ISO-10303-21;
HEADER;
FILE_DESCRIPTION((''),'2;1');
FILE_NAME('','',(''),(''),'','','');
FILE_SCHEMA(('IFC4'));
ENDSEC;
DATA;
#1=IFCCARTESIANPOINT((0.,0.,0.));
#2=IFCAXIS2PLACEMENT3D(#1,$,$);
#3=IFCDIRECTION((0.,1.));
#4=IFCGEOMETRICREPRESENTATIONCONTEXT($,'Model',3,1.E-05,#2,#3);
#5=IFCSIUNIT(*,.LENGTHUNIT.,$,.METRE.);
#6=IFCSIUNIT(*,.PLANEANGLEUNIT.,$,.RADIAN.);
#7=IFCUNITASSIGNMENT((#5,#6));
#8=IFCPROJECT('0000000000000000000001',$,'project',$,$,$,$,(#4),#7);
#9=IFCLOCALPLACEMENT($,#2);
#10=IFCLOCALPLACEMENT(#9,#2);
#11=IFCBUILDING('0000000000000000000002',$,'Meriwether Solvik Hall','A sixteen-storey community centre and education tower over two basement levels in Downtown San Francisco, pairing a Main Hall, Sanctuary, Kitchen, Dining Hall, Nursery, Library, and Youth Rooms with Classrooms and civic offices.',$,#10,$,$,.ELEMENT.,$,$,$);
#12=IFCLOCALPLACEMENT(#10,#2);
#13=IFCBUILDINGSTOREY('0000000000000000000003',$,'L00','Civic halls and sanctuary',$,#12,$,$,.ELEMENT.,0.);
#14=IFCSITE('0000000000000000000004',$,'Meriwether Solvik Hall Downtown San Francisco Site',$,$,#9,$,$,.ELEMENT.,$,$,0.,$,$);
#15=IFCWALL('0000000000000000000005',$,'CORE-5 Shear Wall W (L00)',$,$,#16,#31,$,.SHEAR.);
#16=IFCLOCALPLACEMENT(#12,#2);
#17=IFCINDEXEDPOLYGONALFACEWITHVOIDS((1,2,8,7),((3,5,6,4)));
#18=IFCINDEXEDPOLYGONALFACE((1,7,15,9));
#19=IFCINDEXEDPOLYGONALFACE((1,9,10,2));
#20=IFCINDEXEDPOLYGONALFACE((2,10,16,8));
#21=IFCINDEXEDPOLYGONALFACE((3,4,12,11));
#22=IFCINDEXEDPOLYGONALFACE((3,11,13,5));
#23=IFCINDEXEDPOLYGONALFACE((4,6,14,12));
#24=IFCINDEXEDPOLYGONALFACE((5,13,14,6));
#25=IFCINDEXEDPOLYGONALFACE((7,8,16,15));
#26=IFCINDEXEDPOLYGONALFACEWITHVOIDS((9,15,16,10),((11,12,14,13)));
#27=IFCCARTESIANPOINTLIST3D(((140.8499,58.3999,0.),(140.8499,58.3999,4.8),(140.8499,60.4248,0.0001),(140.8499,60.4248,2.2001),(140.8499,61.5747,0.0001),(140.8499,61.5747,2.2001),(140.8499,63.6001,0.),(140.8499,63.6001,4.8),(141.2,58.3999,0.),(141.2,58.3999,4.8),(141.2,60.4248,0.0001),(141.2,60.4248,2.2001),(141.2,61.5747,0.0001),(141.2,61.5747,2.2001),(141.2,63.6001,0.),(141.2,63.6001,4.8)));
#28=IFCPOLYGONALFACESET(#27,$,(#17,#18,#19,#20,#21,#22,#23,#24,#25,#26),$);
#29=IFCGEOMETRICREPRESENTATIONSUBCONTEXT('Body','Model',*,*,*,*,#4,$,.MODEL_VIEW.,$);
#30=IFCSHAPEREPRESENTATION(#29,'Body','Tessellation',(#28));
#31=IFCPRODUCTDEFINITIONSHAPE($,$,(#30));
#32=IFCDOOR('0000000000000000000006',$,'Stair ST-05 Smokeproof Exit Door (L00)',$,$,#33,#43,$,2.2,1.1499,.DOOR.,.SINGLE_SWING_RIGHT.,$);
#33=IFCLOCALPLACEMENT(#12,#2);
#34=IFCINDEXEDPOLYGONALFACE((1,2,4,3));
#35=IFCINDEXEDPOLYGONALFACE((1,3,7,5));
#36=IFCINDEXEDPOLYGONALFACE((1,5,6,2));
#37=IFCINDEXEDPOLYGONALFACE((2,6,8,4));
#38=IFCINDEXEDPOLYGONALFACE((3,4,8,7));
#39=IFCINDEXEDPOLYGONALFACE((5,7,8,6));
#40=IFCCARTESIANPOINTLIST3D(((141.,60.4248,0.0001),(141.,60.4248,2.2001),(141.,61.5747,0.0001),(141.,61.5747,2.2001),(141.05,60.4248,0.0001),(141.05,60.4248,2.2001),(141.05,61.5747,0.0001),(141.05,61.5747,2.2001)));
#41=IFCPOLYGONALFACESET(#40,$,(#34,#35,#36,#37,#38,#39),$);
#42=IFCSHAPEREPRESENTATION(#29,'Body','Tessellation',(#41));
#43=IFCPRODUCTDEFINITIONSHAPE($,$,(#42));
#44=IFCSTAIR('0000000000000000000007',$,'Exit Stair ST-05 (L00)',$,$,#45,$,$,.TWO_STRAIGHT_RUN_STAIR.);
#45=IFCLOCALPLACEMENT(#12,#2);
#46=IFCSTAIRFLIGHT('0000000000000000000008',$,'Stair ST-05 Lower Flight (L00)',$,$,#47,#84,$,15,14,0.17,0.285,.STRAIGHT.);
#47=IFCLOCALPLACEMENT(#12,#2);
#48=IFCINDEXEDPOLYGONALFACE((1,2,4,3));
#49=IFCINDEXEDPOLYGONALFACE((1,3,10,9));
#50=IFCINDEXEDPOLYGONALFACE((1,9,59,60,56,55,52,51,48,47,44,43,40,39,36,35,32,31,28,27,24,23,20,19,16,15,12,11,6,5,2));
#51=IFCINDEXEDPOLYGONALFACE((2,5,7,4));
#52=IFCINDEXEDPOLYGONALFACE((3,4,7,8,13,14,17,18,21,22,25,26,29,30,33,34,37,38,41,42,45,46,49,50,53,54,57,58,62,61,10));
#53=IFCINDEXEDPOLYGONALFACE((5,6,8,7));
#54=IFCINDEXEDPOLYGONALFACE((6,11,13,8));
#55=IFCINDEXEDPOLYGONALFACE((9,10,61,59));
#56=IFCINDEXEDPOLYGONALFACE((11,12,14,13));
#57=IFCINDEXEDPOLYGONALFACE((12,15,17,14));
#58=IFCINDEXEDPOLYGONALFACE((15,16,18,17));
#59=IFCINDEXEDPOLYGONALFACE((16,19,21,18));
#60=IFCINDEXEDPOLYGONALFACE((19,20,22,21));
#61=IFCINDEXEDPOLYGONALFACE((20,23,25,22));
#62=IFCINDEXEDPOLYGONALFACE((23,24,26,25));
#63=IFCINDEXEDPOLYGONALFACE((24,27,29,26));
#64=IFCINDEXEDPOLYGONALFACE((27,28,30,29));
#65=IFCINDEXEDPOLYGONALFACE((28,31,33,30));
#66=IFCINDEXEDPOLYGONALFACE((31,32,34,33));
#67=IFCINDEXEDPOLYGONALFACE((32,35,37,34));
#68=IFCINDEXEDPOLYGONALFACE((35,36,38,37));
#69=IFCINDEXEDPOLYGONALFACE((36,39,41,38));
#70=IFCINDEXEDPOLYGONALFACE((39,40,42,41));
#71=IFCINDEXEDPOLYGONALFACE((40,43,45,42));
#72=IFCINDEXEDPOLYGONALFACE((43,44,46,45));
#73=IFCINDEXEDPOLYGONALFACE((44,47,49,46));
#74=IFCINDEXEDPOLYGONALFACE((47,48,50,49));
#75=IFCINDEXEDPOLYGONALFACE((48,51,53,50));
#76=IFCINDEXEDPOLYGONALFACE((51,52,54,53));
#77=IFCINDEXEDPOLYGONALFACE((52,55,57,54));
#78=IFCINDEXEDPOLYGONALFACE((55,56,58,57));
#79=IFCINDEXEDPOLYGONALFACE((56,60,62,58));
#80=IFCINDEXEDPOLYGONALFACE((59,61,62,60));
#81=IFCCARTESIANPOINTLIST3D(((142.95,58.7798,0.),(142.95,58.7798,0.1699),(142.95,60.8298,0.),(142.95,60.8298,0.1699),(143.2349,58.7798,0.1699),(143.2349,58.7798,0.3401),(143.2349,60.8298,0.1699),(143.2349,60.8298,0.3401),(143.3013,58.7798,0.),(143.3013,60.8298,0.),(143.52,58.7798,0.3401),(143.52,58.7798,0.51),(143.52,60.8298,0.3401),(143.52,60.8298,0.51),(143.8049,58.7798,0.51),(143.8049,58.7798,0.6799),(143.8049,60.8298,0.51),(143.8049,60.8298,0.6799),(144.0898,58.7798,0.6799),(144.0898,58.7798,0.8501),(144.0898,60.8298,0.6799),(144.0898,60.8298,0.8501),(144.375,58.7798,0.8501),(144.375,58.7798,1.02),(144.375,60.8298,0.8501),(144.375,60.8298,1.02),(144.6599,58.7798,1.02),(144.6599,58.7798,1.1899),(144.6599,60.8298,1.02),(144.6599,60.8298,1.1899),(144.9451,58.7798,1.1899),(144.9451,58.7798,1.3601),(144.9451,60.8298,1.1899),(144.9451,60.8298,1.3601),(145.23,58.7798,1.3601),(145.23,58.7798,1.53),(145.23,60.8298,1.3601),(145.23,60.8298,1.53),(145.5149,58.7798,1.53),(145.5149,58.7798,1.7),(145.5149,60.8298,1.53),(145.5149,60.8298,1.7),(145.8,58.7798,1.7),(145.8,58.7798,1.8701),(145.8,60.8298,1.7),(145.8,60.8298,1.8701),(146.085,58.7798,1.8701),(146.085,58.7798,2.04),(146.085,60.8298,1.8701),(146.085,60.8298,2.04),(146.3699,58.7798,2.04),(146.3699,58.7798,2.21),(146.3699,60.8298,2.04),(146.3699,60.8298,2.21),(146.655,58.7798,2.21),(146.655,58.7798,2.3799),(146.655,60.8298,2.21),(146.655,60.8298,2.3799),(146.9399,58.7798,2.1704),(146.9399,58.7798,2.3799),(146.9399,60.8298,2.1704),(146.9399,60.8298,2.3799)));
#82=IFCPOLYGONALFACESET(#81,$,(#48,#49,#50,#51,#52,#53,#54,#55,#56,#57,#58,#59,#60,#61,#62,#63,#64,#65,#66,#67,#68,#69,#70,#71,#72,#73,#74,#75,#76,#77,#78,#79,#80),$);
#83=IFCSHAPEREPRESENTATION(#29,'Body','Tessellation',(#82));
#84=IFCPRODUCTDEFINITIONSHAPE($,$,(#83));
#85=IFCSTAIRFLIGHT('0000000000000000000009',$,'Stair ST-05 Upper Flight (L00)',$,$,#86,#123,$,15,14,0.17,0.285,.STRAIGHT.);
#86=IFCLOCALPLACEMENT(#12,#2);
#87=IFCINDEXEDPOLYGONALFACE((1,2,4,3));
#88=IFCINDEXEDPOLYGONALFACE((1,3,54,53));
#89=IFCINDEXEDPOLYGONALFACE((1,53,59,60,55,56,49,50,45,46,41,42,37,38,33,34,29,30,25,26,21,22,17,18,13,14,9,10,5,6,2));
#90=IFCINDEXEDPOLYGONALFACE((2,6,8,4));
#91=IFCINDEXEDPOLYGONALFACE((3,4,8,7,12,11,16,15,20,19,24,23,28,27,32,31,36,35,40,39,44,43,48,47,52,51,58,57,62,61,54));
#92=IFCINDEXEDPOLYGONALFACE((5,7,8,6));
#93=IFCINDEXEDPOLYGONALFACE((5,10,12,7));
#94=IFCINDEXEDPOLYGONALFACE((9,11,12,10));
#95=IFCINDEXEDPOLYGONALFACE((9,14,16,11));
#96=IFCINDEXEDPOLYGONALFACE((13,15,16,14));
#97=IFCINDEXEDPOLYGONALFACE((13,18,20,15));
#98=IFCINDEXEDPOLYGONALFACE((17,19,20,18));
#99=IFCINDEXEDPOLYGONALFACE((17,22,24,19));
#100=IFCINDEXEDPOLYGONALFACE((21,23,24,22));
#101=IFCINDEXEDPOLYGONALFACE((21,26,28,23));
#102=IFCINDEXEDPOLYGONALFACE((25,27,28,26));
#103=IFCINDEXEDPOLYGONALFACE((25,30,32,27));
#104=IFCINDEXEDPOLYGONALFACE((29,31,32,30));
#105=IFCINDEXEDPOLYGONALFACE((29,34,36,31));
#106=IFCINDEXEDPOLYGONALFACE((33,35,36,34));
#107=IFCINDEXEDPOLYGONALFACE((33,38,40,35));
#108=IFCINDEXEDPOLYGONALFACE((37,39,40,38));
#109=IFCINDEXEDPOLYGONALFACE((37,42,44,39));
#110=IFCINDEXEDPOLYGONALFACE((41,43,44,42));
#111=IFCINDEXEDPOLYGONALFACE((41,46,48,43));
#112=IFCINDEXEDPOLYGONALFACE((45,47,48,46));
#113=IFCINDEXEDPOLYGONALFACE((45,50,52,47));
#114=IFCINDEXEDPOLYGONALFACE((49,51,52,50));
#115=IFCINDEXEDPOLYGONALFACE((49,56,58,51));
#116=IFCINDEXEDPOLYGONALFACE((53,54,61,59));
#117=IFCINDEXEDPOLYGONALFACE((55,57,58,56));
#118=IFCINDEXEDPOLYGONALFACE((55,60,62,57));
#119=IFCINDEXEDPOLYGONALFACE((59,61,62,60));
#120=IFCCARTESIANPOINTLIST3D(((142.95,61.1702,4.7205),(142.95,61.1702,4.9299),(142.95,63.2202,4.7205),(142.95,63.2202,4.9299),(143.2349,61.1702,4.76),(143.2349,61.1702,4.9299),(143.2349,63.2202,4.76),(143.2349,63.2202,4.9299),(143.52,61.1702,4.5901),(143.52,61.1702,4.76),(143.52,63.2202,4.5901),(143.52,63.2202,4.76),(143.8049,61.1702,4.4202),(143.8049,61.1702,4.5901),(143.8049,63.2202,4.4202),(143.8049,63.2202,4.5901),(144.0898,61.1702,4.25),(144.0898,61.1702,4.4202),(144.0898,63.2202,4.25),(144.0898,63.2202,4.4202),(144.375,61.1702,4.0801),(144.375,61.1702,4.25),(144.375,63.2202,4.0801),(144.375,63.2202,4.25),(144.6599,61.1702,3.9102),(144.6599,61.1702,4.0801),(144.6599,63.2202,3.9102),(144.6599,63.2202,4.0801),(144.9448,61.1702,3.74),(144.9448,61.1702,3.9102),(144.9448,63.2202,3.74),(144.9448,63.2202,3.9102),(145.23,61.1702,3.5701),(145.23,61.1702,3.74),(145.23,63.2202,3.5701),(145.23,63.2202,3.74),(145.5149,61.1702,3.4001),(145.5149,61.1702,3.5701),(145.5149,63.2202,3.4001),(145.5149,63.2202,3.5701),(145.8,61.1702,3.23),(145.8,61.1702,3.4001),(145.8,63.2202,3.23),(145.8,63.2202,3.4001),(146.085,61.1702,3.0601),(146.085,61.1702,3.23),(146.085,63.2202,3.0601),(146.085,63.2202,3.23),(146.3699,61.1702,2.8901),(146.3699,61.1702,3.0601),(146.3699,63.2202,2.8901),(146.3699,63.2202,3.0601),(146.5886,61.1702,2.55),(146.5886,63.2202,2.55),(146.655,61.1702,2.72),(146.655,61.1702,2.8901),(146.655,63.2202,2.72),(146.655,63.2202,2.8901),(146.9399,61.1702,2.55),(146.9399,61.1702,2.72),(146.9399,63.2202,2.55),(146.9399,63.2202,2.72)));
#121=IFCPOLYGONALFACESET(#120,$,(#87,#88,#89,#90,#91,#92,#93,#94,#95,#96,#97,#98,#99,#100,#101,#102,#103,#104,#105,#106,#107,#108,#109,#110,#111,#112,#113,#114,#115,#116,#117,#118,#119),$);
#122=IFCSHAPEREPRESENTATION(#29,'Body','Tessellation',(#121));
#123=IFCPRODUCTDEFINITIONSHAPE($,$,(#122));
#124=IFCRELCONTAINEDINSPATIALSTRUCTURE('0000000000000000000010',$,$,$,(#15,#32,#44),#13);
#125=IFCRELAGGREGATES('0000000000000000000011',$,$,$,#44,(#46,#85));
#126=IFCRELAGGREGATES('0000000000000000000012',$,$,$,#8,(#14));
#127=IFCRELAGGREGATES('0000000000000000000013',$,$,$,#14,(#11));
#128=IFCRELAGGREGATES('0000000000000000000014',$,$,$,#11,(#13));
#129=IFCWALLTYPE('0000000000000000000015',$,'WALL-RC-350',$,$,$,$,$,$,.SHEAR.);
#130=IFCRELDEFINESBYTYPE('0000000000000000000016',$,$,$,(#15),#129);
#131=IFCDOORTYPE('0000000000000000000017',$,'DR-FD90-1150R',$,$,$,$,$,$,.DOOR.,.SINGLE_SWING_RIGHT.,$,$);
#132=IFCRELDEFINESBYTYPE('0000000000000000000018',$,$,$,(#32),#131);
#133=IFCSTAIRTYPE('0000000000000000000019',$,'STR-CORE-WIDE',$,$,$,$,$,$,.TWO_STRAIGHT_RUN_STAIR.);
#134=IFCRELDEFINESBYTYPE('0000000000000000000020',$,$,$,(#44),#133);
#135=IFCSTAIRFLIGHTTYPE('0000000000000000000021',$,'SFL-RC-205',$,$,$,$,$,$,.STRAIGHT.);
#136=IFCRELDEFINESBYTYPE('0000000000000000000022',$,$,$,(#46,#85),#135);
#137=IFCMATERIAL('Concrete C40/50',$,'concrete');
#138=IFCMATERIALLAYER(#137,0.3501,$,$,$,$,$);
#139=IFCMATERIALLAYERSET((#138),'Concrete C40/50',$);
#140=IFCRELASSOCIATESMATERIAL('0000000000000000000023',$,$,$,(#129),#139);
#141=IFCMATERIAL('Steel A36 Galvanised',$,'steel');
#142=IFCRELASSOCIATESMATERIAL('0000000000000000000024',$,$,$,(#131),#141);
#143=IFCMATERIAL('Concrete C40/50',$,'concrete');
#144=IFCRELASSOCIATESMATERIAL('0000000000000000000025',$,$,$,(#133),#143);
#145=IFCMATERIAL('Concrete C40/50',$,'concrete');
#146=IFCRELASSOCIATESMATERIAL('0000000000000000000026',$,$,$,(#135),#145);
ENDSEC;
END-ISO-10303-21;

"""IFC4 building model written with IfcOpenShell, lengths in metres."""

from ifc_helpers import new_model, si_unit, direction, frame, frame_2d, origin, place, context, subcontext, project, spatial, polyline, rectangle, outline, extrude, material, layer, layer_set, type_object, element, fill, aggregate, save


model = new_model("IFC4")

# Units and contexts
model_context = context("Model", 3, precision=1e-05, world=origin(), true_north=direction((0.0, 1.0)))
body_context = subcontext(model_context, "Body", "Model", "MODEL_VIEW")
ifc_project = project(units=[si_unit("LENGTHUNIT", "METRE"), si_unit("PLANEANGLEUNIT", "RADIAN")], contexts=[model_context])

# Site, building, storey
site_placement = place(None, origin())
site = spatial("IfcSite", under=ifc_project, at=site_placement, Name="Meriwether Solvik Hall Downtown San Francisco Site", CompositionType="ELEMENT", RefElevation=0.0)
building_placement = place(site_placement, origin())
building = spatial("IfcBuilding", under=site, at=building_placement, Name="Meriwether Solvik Hall", Description="A sixteen-storey community centre and education tower over two basement levels in Downtown San Francisco, pairing a Main Hall, Sanctuary, Kitchen, Dining Hall, Nursery, Library, and Youth Rooms with Classrooms and civic offices.", CompositionType="ELEMENT")
storey_placement = place(building_placement, origin())
storey = spatial("IfcBuildingStorey", under=building, at=storey_placement, Name="L00", Description="Civic halls and sanctuary", CompositionType="ELEMENT", Elevation=0.0)

# Wall, opening, door
ifc_material_1 = material(Name="Concrete C40/50", Category="concrete")
ifc_layer_1 = layer(ifc_material_1, 0.3501)
ifc_layer_set_1 = layer_set([ifc_layer_1], Name="Concrete C40/50")
wall_type_1 = type_object("IfcWallType", Name="WALL-RC-350", PredefinedType="SHEAR", material=ifc_layer_set_1)
wall_1_placement = place(storey_placement, frame((141.0249, 58.3999, 0.0), z_axis=(0.0, 0.0, 1.0), x_axis=(0.0, 1.0, 0.0)))
wall_1 = element("IfcWall", 1, at=wall_1_placement, inside=storey, type_object=wall_type_1, Name="CORE-5 Shear Wall W (L00)", PredefinedType="SHEAR", context=body_context, shape_type="SweptSolid", body=[
    extrude(rectangle(XDim=5.2002, YDim=0.3501, at=frame_2d((2.6001, 0.0))), origin(), (0.0, 0.0, 1.0), 4.8),
])
opening_1_placement = place(wall_1_placement, frame((2.0249, 0.0, 0.0)))
opening_1 = element("IfcOpeningElement", 2, at=opening_1_placement, cuts=wall_1, PredefinedType="OPENING", context=body_context, shape_type="SweptSolid", body=[
    extrude(rectangle(XDim=1.1499, YDim=2.2, at=frame_2d((0.575, 1.1001))), frame((0.0, 0.187, 0.0), z_axis=(0.0, -1.0, 0.0), x_axis=(1.0, 0.0, 0.0)), (0.0, 0.0, 1.0), 0.374),
])
ifc_material_2 = material(Name="Steel A36 Galvanised", Category="steel")
door_type_1 = type_object("IfcDoorType", Name="DR-FD90-1150R", OperationType="SINGLE_SWING_RIGHT", PredefinedType="DOOR", material=ifc_material_2)
door_1_placement = place(opening_1_placement, origin())
door_1 = element("IfcDoor", 3, at=door_1_placement, inside=storey, type_object=door_type_1, Name="Stair ST-05 Smokeproof Exit Door (L00)", OperationType="SINGLE_SWING_RIGHT", OverallHeight=2.2, OverallWidth=1.1499, PredefinedType="DOOR", context=body_context, shape_type="SweptSolid", body=[
    extrude(rectangle(XDim=1.1499, YDim=2.2, at=frame_2d((0.575, 1.1001))), frame((0.0, 0.0249, 0.0), z_axis=(0.0, -1.0, 0.0), x_axis=(1.0, 0.0, 0.0)), (0.0, 0.0, 1.0), 0.05),
])
fill(opening_1, door_1)

# Stair, stair flights
ifc_material_3 = material(Name="Concrete C40/50", Category="concrete")
stair_type = type_object("IfcStairType", Name="STR-CORE-WIDE", PredefinedType="TWO_STRAIGHT_RUN_STAIR", material=ifc_material_3)
stair_placement = place(storey_placement, origin())
stair = element("IfcStair", 4, at=stair_placement, inside=storey, type_object=stair_type, Name="Exit Stair ST-05 (L00)", PredefinedType="TWO_STRAIGHT_RUN_STAIR")
ifc_material_4 = material(Name="Concrete C40/50", Category="concrete")
stair_flight_type = type_object("IfcStairFlightType", Name="SFL-RC-205", PredefinedType="STRAIGHT", material=ifc_material_4)
stair_flight_1_placement = place(storey_placement, frame((142.95, 59.8049, 0.0), z_axis=(0.0, 0.0, 1.0), x_axis=(1.0, 0.0, 0.0)))
stair_flight_1 = element("IfcStairFlight", 5, at=stair_flight_1_placement, type_object=stair_flight_type, Name="Stair ST-05 Lower Flight (L00)", NumberOfRisers=15, NumberOfTreads=14, PredefinedType="STRAIGHT", RiserHeight=0.17, TreadLength=0.285, context=body_context, shape_type="SweptSolid", body=[
    extrude(outline(polyline([(0.0, 0.0), (0.0, 0.1699), (0.2849, 0.1699), (0.2849, 0.3401), (0.5701, 0.3401), (0.5701, 0.51), (0.855, 0.51), (0.855, 0.6799), (1.1399, 0.6799), (1.1399, 0.8501), (1.425, 0.8501), (1.425, 1.02), (1.71, 1.02), (1.71, 1.1899), (1.9951, 1.1899), (1.9951, 1.3601), (2.28, 1.3601), (2.28, 1.53), (2.5649, 1.53), (2.5649, 1.7), (2.8501, 1.7), (2.8501, 1.8701), (3.135, 1.8701), (3.135, 2.04), (3.4199, 2.04), (3.4199, 2.21), (3.7051, 2.21), (3.7051, 2.3799), (3.99, 2.3799), (3.99, 2.55), (3.99, 2.1704), (0.3513, 0.0), (0.0, 0.0)])), frame((0.0, 1.0249, 0.0), z_axis=(0.0, -1.0, 0.0), x_axis=(1.0, 0.0, 0.0)), (0.0, 0.0, 1.0), 2.05),
])
stair_flight_2_placement = place(storey_placement, frame((146.9399, 62.1951, 2.55), z_axis=(0.0, 0.0, 1.0), x_axis=(-1.0, 0.0, 0.0)))
stair_flight_2 = element("IfcStairFlight", 6, at=stair_flight_2_placement, type_object=stair_flight_type, Name="Stair ST-05 Upper Flight (L00)", NumberOfRisers=15, NumberOfTreads=14, PredefinedType="STRAIGHT", RiserHeight=0.17, TreadLength=0.285, context=body_context, shape_type="SweptSolid", body=[
    extrude(outline(polyline([(0.0, 0.0), (0.0, 0.1699), (0.2849, 0.1699), (0.2849, 0.3401), (0.5701, 0.3401), (0.5701, 0.51), (0.855, 0.51), (0.855, 0.6799), (1.1399, 0.6799), (1.1399, 0.8501), (1.425, 0.8501), (1.425, 1.02), (1.71, 1.02), (1.71, 1.1899), (1.9951, 1.1899), (1.9951, 1.3601), (2.28, 1.3601), (2.28, 1.53), (2.5649, 1.53), (2.5649, 1.7), (2.8501, 1.7), (2.8501, 1.8701), (3.135, 1.8701), (3.135, 2.04), (3.4199, 2.04), (3.4199, 2.21), (3.7051, 2.21), (3.7051, 2.3799), (3.99, 2.3799), (3.99, 2.55), (3.99, 2.1704), (0.3513, 0.0), (0.0, 0.0)])), frame((0.0, 1.0249, 0.0), z_axis=(0.0, -1.0, 0.0), x_axis=(1.0, 0.0, 0.0)), (0.0, 0.0, 1.0), 2.05),
])
aggregate(stair, [stair_flight_1, stair_flight_2])

save(model, "model.ifc")
